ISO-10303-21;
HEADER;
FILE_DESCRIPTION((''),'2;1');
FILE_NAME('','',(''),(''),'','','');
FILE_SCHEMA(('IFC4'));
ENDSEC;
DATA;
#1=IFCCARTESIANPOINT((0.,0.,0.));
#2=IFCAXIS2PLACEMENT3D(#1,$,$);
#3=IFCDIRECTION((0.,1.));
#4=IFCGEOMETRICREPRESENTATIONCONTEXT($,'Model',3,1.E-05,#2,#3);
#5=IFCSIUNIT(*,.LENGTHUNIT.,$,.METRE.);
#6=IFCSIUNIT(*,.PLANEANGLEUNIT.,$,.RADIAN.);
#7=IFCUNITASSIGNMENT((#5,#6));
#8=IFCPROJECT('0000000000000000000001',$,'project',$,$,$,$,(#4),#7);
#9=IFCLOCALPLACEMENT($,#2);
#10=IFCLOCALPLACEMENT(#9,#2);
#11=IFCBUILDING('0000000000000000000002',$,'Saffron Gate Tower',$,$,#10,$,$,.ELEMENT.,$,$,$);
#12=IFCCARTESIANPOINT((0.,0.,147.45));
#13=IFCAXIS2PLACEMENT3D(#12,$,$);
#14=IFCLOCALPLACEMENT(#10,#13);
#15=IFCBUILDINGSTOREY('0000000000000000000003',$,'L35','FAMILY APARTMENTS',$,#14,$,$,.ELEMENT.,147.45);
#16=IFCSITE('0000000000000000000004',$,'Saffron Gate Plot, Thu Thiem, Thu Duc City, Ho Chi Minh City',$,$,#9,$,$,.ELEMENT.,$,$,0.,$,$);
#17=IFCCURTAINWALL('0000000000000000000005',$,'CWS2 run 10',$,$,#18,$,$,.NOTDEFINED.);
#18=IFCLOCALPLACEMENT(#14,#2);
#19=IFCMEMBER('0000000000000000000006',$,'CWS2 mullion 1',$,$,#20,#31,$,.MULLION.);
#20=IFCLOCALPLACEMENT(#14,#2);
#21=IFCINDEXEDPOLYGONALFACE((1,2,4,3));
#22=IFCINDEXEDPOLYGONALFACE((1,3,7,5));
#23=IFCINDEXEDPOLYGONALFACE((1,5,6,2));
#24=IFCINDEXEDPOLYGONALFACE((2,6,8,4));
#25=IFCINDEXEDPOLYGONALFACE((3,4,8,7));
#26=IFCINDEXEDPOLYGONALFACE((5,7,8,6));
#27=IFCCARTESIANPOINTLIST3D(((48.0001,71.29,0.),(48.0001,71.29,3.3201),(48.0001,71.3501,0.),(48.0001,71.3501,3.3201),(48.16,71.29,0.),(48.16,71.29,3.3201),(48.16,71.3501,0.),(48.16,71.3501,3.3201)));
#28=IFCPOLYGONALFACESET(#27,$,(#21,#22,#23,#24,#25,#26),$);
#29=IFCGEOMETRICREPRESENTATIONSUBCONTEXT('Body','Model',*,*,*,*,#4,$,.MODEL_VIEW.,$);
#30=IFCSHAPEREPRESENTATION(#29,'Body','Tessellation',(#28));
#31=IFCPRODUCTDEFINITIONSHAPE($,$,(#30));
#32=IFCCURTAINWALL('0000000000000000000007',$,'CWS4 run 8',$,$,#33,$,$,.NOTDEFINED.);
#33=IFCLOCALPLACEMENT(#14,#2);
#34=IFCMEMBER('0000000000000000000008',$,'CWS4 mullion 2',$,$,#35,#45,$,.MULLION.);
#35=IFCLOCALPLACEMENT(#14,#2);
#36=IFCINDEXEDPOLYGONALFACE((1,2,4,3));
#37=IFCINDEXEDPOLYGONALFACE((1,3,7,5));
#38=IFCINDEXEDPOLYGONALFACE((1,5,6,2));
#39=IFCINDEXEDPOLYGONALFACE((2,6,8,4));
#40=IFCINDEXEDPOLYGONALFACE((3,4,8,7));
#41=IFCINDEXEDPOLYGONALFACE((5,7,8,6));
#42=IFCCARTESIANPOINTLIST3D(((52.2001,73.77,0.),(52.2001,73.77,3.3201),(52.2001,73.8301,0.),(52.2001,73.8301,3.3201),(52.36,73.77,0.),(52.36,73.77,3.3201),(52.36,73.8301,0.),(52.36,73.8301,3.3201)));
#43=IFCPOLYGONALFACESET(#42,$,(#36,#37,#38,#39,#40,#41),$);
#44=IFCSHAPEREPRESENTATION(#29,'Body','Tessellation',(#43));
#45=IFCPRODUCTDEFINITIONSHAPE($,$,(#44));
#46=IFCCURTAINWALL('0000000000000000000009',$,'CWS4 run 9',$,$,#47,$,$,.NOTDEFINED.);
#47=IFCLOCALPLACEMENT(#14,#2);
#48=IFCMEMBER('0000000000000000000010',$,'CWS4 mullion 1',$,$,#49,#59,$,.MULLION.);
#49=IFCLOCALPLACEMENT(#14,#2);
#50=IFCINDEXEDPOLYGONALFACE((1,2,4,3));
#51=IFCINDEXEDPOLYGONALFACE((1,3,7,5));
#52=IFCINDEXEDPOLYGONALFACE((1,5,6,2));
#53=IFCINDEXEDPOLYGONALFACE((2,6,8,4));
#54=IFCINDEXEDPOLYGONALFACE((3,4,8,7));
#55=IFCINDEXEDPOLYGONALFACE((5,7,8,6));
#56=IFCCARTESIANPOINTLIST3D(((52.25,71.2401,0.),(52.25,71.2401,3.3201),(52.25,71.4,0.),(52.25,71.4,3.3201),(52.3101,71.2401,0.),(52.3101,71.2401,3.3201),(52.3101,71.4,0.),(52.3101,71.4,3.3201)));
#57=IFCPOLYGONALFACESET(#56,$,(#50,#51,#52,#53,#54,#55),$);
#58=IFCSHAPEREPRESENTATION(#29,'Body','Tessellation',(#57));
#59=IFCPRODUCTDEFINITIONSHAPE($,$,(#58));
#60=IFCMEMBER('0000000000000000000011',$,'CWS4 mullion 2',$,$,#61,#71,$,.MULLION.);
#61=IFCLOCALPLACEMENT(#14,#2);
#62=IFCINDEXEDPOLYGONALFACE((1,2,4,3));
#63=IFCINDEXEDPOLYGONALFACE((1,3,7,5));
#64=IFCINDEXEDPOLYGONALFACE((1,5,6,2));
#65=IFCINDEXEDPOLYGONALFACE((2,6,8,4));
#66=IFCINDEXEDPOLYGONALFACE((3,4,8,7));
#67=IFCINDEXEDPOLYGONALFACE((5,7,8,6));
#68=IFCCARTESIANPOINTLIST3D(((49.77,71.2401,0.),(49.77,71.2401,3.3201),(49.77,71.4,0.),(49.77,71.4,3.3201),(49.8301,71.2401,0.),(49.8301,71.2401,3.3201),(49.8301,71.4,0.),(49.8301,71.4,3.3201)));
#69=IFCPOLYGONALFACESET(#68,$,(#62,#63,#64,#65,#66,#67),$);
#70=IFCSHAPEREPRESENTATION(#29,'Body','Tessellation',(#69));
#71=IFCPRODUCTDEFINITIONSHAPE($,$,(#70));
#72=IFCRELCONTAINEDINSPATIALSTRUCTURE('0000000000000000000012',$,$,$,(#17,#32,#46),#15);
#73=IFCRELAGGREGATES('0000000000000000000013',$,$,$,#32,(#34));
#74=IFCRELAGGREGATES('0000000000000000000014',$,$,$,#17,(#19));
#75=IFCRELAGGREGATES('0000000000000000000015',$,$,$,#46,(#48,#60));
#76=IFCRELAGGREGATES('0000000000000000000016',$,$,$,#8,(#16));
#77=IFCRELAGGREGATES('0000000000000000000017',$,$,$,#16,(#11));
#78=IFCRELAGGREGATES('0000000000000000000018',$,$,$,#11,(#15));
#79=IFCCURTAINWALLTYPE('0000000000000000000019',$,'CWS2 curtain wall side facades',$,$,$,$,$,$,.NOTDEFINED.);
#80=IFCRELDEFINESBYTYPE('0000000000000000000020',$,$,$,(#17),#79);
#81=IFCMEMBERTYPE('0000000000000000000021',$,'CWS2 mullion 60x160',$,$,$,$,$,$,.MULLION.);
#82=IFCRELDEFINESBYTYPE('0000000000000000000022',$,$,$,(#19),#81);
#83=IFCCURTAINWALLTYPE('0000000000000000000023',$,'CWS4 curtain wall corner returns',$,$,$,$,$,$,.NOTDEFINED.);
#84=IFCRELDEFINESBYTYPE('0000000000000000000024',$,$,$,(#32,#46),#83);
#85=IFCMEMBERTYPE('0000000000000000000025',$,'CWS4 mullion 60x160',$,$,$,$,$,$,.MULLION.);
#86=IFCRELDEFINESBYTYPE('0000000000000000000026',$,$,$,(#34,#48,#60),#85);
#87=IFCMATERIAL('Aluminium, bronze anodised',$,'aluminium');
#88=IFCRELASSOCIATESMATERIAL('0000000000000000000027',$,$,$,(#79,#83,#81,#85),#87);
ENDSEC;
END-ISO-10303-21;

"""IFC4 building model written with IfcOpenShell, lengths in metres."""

from ifc_helpers import new_model, si_unit, direction, frame, origin, origin_2d, place, context, subcontext, project, spatial, rectangle, extrude, material, material_profile, profile_set, type_object, element, aggregate, save


model = new_model("IFC4")

# Units and contexts
model_context = context("Model", 3, precision=1e-05, world=origin(), true_north=direction((0.0, 1.0)))
body_context = subcontext(model_context, "Body", "Model", "MODEL_VIEW")
ifc_project = project(units=[si_unit("LENGTHUNIT", "METRE"), si_unit("PLANEANGLEUNIT", "RADIAN")], contexts=[model_context])

# Site, building, storey
site_placement = place(None, origin())
site = spatial("IfcSite", under=ifc_project, at=site_placement, Name="Saffron Gate Plot, Thu Thiem, Thu Duc City, Ho Chi Minh City", CompositionType="ELEMENT", RefElevation=0.0)
building_placement = place(site_placement, origin())
building = spatial("IfcBuilding", under=site, at=building_placement, Name="Saffron Gate Tower", CompositionType="ELEMENT")
storey_placement = place(building_placement, frame((0.0, 0.0, 147.45)))
storey = spatial("IfcBuildingStorey", under=building, at=storey_placement, Name="L35", Description="FAMILY APARTMENTS", CompositionType="ELEMENT", Elevation=147.45)

# Curtain walls, members
ifc_material_1 = material(Name="Aluminium, bronze anodised", Category="aluminium")
curtain_wall_type_1 = type_object("IfcCurtainWallType", Name="CWS2 curtain wall side facades", PredefinedType="NOTDEFINED", material=ifc_material_1)
curtain_wall_1_placement = place(storey_placement, origin())
curtain_wall_1 = element("IfcCurtainWall", 1, at=curtain_wall_1_placement, inside=storey, type_object=curtain_wall_type_1, Name="CWS2 run 10", PredefinedType="NOTDEFINED")
ifc_material_profile_1 = material_profile(ifc_material_1, rectangle(XDim=0.1599, YDim=0.0601, at=origin_2d()))
ifc_profile_set_1 = profile_set([ifc_material_profile_1], Name="Aluminium, bronze anodised")
member_type_1 = type_object("IfcMemberType", Name="CWS2 mullion 60x160", PredefinedType="MULLION", material=ifc_profile_set_1)
member_1_placement = place(storey_placement, frame((48.0801, 71.3201, 0.0), z_axis=(0.0, 0.0, 1.0), x_axis=(1.0, 0.0, 0.0)))
member_1 = element("IfcMember", 2, at=member_1_placement, type_object=member_type_1, Name="CWS2 mullion 1", PredefinedType="MULLION", context=body_context, shape_type="SweptSolid", body=[
    extrude(rectangle(XDim=0.1599, YDim=0.0601, at=origin_2d()), origin(), (0.0, 0.0, 1.0), 3.3201),
])
curtain_wall_type_2 = type_object("IfcCurtainWallType", Name="CWS4 curtain wall corner returns", PredefinedType="NOTDEFINED", material=ifc_material_1)
curtain_wall_2_placement = place(storey_placement, origin())
curtain_wall_2 = element("IfcCurtainWall", 3, at=curtain_wall_2_placement, inside=storey, type_object=curtain_wall_type_2, Name="CWS4 run 8", PredefinedType="NOTDEFINED")
ifc_material_profile_2 = material_profile(ifc_material_1, rectangle(XDim=0.1599, YDim=0.0601, at=origin_2d()))
ifc_profile_set_2 = profile_set([ifc_material_profile_2], Name="Aluminium, bronze anodised")
member_type_2 = type_object("IfcMemberType", Name="CWS4 mullion 60x160", PredefinedType="MULLION", material=ifc_profile_set_2)
member_2_placement = place(storey_placement, frame((52.28, 73.8, 0.0), z_axis=(0.0, 0.0, 1.0), x_axis=(1.0, 0.0, 0.0)))
member_2 = element("IfcMember", 4, at=member_2_placement, type_object=member_type_2, Name="CWS4 mullion 2", PredefinedType="MULLION", context=body_context, shape_type="SweptSolid", body=[
    extrude(rectangle(XDim=0.1599, YDim=0.0601, at=origin_2d()), origin(), (0.0, 0.0, 1.0), 3.3201),
])
aggregate(curtain_wall_2, [member_2])

# Curtain wall, members
curtain_wall_3_placement = place(storey_placement, origin())
curtain_wall_3 = element("IfcCurtainWall", 5, at=curtain_wall_3_placement, inside=storey, type_object=curtain_wall_type_2, Name="CWS4 run 9", PredefinedType="NOTDEFINED")
member_3_placement = place(storey_placement, frame((52.28, 71.3201, 0.0), z_axis=(0.0, 0.0, 1.0), x_axis=(0.0, -1.0, 0.0)))
member_3 = element("IfcMember", 6, at=member_3_placement, type_object=member_type_2, Name="CWS4 mullion 1", PredefinedType="MULLION", context=body_context, shape_type="SweptSolid", body=[
    extrude(rectangle(XDim=0.1599, YDim=0.0601, at=origin_2d()), origin(), (0.0, 0.0, 1.0), 3.3201),
])
member_4_placement = place(storey_placement, frame((49.8, 71.3201, 0.0), z_axis=(0.0, 0.0, 1.0), x_axis=(0.0, -1.0, 0.0)))
member_4 = element("IfcMember", 7, at=member_4_placement, type_object=member_type_2, Name="CWS4 mullion 2", PredefinedType="MULLION", context=body_context, shape_type="SweptSolid", body=[
    extrude(rectangle(XDim=0.1599, YDim=0.0601, at=origin_2d()), origin(), (0.0, 0.0, 1.0), 3.3201),
])

aggregate(curtain_wall_1, [member_1])

aggregate(curtain_wall_3, [member_3, member_4])

save(model, "model.ifc")
